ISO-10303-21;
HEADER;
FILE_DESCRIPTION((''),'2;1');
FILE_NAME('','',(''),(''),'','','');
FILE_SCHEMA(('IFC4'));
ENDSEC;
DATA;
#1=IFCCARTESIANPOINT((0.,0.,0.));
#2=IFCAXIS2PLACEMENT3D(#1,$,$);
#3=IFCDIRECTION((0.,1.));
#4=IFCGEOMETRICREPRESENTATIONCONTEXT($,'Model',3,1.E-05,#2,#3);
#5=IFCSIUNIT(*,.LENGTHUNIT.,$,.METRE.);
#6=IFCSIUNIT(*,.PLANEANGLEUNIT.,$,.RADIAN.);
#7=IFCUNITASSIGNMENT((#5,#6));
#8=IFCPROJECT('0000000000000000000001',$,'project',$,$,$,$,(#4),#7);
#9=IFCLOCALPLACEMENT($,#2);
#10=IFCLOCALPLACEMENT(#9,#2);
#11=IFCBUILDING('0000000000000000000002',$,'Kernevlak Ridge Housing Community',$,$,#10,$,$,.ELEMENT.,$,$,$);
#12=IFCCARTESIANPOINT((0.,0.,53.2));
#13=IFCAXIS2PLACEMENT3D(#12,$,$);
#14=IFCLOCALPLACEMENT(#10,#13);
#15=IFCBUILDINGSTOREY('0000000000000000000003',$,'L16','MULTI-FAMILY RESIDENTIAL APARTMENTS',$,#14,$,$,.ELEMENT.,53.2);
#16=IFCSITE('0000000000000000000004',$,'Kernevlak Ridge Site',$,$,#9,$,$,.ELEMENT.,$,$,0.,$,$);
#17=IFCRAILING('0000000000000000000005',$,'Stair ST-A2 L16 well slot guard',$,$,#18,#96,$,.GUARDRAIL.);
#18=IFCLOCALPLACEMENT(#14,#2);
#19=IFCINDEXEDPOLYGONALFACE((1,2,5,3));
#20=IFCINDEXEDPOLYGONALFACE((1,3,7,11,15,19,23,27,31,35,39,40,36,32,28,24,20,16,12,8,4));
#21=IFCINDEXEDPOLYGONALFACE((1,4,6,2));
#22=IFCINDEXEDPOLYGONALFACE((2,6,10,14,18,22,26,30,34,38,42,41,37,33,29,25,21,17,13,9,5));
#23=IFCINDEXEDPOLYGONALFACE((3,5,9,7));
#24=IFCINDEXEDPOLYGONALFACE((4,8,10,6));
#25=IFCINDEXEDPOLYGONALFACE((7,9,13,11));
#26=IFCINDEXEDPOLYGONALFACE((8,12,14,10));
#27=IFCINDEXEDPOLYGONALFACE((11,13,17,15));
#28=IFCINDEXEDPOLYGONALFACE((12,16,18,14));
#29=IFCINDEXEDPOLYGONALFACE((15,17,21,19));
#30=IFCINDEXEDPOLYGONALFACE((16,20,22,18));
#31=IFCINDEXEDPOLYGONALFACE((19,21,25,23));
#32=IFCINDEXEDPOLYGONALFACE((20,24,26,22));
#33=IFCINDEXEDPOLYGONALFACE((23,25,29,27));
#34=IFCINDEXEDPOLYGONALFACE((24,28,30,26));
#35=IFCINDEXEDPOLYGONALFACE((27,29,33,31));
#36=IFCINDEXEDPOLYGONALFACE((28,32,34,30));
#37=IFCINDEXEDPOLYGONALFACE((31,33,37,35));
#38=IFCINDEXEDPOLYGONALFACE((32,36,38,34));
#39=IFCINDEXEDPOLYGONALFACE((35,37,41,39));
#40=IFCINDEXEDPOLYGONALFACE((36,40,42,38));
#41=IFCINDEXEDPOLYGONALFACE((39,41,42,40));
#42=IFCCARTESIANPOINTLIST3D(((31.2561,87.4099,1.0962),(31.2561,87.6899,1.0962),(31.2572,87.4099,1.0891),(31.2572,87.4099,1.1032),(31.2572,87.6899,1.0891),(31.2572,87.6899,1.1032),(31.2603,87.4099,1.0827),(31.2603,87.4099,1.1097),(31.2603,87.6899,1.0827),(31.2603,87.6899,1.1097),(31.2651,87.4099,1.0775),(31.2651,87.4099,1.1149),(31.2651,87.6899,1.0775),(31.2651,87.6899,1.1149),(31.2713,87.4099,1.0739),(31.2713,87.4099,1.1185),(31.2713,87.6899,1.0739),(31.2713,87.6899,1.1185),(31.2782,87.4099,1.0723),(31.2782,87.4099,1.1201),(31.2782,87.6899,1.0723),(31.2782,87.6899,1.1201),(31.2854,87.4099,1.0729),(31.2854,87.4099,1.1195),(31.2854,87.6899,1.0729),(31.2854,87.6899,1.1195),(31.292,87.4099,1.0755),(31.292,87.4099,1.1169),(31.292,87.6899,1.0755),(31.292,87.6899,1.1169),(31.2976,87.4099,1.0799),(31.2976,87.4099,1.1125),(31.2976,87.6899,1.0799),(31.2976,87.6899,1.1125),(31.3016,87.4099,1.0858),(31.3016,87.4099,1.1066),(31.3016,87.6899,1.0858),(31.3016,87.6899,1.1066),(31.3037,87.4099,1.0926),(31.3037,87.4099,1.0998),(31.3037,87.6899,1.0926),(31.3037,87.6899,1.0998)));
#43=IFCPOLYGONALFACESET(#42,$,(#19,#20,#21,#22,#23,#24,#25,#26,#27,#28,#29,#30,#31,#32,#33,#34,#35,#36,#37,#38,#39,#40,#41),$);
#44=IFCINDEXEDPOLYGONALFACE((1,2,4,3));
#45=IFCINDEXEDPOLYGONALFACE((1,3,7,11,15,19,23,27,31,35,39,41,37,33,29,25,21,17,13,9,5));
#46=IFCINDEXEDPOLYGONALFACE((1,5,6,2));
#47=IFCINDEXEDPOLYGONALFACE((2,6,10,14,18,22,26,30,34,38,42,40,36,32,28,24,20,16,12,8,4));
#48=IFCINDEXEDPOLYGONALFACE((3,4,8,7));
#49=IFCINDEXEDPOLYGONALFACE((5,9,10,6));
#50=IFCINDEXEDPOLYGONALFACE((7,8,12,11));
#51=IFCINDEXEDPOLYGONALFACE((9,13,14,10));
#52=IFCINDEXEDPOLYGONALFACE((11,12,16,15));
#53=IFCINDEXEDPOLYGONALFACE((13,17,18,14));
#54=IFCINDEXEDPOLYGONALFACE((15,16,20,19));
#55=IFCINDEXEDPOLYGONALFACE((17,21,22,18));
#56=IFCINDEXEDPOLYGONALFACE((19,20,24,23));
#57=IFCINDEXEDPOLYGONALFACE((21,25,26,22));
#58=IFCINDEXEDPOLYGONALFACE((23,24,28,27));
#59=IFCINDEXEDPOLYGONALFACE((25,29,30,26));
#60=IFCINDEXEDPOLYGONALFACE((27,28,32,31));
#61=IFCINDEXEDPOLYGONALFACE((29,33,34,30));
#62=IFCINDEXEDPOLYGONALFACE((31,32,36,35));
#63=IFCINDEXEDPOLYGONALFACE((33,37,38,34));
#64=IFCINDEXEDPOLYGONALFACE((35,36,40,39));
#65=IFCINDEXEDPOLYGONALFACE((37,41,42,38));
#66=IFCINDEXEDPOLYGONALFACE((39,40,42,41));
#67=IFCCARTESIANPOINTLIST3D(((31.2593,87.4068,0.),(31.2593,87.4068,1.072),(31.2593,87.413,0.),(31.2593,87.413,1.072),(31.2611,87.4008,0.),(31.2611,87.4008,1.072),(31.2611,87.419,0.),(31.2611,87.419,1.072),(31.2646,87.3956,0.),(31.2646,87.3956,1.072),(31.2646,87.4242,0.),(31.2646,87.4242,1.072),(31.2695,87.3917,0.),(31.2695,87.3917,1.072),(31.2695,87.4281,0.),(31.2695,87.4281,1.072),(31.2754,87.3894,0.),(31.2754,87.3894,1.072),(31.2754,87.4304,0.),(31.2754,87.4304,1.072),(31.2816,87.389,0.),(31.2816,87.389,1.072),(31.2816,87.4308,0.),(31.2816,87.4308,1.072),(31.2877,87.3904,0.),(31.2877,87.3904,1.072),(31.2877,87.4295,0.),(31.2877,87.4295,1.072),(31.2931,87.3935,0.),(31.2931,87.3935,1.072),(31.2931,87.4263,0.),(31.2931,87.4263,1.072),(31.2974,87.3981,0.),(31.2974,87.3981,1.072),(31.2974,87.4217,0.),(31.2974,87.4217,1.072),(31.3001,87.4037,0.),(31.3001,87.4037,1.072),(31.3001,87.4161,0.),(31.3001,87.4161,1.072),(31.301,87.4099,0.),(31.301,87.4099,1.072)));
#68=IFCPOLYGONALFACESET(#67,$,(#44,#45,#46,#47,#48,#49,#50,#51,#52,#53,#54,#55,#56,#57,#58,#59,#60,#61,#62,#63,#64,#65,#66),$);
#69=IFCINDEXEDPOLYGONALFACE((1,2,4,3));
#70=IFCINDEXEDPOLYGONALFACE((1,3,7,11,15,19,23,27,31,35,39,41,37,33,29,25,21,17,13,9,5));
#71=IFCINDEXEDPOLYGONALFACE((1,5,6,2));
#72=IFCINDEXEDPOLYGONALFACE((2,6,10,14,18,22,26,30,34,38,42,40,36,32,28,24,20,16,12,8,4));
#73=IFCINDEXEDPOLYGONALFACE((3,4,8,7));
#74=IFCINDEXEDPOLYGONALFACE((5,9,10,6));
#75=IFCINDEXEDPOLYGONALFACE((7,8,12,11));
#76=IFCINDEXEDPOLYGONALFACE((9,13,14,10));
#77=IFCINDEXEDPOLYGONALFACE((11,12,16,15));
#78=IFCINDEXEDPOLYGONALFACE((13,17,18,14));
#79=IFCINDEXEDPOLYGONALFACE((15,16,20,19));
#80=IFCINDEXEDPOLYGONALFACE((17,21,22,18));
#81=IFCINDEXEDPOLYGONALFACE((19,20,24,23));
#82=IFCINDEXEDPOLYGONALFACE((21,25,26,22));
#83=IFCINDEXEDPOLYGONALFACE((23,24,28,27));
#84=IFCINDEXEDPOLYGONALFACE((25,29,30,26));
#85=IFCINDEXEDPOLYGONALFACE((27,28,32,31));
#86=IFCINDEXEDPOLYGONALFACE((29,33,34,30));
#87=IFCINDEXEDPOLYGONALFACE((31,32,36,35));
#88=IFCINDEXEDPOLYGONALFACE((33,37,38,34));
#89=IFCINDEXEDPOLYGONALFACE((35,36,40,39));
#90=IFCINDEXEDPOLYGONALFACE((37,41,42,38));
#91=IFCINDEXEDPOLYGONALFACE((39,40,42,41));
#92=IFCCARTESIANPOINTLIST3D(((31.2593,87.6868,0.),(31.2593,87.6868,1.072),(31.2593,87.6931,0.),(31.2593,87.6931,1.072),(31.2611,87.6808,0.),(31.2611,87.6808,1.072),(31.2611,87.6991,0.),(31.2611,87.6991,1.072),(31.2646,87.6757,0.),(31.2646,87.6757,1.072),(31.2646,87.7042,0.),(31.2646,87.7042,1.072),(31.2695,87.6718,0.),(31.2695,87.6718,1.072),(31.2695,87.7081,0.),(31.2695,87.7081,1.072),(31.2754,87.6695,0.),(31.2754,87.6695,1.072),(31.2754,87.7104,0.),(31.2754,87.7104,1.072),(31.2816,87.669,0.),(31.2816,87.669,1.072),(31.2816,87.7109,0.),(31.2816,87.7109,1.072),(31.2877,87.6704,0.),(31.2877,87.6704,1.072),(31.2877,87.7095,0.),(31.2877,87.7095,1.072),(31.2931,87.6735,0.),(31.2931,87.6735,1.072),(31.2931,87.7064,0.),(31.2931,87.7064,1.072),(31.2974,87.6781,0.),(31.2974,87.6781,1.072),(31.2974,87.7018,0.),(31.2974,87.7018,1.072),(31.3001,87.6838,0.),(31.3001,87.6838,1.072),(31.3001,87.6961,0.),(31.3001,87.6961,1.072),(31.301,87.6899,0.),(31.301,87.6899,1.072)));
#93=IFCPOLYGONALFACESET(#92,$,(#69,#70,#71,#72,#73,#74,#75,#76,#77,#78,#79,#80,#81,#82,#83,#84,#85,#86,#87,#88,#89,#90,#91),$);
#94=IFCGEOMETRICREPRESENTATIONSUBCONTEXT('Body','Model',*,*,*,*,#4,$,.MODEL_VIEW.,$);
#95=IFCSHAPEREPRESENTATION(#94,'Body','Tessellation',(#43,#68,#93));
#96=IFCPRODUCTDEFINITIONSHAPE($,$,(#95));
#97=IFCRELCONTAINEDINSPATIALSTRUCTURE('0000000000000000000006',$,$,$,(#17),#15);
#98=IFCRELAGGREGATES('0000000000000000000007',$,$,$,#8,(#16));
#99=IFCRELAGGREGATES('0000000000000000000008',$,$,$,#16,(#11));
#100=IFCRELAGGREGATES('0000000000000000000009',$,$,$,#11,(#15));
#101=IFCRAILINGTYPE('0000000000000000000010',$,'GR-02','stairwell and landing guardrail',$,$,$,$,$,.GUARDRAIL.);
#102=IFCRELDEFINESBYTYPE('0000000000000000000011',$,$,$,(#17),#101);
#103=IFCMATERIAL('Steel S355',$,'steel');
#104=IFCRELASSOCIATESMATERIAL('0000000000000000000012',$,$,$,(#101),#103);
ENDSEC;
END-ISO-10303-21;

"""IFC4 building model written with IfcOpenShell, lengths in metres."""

from ifc_helpers import new_model, si_unit, direction, frame, origin, origin_2d, place, context, subcontext, project, spatial, circle, extrude, material, type_object, element, save


model = new_model("IFC4")

# Units and contexts
model_context = context("Model", 3, precision=1e-05, world=origin(), true_north=direction((0.0, 1.0)))
body_context = subcontext(model_context, "Body", "Model", "MODEL_VIEW")
ifc_project = project(units=[si_unit("LENGTHUNIT", "METRE"), si_unit("PLANEANGLEUNIT", "RADIAN")], contexts=[model_context])

# Site, building, storey
site_placement = place(None, origin())
site = spatial("IfcSite", under=ifc_project, at=site_placement, Name="Kernevlak Ridge Site", CompositionType="ELEMENT", RefElevation=0.0)
building_placement = place(site_placement, origin())
building = spatial("IfcBuilding", under=site, at=building_placement, Name="Kernevlak Ridge Housing Community", CompositionType="ELEMENT")
storey_placement = place(building_placement, frame((0.0, 0.0, 53.2)))
storey = spatial("IfcBuildingStorey", under=building, at=storey_placement, Name="L16", Description="MULTI-FAMILY RESIDENTIAL APARTMENTS", CompositionType="ELEMENT", Elevation=53.2)

# Railing
ifc_material_1 = material(Name="Steel S355", Category="steel")
railing_type_1 = type_object("IfcRailingType", Name="GR-02", Description="stairwell and landing guardrail", PredefinedType="GUARDRAIL", material=ifc_material_1)
railing_1_placement = place(storey_placement, frame((31.28, 87.4099, 0.0)))
element("IfcRailing", 1, at=railing_1_placement, inside=storey, type_object=railing_type_1, Name="Stair ST-A2 L16 well slot guard", PredefinedType="GUARDRAIL", context=body_context, shape_type="SweptSolid", body=[
    extrude(circle(Radius=0.0239, at=origin_2d()), frame((0.0, 0.0, 1.0962), z_axis=(0.0, 1.0, 0.0), x_axis=(-1.0, 0.0, 0.0)), (0.0, 0.0, 1.0), 0.28),
    extrude(circle(Radius=0.021, at=origin_2d()), origin(), (0.0, 0.0, 1.0), 1.072),
    extrude(circle(Radius=0.021, at=origin_2d()), frame((0.0, 0.28, 0.0)), (0.0, 0.0, 1.0), 1.072),
])

save(model, "model.ifc")
